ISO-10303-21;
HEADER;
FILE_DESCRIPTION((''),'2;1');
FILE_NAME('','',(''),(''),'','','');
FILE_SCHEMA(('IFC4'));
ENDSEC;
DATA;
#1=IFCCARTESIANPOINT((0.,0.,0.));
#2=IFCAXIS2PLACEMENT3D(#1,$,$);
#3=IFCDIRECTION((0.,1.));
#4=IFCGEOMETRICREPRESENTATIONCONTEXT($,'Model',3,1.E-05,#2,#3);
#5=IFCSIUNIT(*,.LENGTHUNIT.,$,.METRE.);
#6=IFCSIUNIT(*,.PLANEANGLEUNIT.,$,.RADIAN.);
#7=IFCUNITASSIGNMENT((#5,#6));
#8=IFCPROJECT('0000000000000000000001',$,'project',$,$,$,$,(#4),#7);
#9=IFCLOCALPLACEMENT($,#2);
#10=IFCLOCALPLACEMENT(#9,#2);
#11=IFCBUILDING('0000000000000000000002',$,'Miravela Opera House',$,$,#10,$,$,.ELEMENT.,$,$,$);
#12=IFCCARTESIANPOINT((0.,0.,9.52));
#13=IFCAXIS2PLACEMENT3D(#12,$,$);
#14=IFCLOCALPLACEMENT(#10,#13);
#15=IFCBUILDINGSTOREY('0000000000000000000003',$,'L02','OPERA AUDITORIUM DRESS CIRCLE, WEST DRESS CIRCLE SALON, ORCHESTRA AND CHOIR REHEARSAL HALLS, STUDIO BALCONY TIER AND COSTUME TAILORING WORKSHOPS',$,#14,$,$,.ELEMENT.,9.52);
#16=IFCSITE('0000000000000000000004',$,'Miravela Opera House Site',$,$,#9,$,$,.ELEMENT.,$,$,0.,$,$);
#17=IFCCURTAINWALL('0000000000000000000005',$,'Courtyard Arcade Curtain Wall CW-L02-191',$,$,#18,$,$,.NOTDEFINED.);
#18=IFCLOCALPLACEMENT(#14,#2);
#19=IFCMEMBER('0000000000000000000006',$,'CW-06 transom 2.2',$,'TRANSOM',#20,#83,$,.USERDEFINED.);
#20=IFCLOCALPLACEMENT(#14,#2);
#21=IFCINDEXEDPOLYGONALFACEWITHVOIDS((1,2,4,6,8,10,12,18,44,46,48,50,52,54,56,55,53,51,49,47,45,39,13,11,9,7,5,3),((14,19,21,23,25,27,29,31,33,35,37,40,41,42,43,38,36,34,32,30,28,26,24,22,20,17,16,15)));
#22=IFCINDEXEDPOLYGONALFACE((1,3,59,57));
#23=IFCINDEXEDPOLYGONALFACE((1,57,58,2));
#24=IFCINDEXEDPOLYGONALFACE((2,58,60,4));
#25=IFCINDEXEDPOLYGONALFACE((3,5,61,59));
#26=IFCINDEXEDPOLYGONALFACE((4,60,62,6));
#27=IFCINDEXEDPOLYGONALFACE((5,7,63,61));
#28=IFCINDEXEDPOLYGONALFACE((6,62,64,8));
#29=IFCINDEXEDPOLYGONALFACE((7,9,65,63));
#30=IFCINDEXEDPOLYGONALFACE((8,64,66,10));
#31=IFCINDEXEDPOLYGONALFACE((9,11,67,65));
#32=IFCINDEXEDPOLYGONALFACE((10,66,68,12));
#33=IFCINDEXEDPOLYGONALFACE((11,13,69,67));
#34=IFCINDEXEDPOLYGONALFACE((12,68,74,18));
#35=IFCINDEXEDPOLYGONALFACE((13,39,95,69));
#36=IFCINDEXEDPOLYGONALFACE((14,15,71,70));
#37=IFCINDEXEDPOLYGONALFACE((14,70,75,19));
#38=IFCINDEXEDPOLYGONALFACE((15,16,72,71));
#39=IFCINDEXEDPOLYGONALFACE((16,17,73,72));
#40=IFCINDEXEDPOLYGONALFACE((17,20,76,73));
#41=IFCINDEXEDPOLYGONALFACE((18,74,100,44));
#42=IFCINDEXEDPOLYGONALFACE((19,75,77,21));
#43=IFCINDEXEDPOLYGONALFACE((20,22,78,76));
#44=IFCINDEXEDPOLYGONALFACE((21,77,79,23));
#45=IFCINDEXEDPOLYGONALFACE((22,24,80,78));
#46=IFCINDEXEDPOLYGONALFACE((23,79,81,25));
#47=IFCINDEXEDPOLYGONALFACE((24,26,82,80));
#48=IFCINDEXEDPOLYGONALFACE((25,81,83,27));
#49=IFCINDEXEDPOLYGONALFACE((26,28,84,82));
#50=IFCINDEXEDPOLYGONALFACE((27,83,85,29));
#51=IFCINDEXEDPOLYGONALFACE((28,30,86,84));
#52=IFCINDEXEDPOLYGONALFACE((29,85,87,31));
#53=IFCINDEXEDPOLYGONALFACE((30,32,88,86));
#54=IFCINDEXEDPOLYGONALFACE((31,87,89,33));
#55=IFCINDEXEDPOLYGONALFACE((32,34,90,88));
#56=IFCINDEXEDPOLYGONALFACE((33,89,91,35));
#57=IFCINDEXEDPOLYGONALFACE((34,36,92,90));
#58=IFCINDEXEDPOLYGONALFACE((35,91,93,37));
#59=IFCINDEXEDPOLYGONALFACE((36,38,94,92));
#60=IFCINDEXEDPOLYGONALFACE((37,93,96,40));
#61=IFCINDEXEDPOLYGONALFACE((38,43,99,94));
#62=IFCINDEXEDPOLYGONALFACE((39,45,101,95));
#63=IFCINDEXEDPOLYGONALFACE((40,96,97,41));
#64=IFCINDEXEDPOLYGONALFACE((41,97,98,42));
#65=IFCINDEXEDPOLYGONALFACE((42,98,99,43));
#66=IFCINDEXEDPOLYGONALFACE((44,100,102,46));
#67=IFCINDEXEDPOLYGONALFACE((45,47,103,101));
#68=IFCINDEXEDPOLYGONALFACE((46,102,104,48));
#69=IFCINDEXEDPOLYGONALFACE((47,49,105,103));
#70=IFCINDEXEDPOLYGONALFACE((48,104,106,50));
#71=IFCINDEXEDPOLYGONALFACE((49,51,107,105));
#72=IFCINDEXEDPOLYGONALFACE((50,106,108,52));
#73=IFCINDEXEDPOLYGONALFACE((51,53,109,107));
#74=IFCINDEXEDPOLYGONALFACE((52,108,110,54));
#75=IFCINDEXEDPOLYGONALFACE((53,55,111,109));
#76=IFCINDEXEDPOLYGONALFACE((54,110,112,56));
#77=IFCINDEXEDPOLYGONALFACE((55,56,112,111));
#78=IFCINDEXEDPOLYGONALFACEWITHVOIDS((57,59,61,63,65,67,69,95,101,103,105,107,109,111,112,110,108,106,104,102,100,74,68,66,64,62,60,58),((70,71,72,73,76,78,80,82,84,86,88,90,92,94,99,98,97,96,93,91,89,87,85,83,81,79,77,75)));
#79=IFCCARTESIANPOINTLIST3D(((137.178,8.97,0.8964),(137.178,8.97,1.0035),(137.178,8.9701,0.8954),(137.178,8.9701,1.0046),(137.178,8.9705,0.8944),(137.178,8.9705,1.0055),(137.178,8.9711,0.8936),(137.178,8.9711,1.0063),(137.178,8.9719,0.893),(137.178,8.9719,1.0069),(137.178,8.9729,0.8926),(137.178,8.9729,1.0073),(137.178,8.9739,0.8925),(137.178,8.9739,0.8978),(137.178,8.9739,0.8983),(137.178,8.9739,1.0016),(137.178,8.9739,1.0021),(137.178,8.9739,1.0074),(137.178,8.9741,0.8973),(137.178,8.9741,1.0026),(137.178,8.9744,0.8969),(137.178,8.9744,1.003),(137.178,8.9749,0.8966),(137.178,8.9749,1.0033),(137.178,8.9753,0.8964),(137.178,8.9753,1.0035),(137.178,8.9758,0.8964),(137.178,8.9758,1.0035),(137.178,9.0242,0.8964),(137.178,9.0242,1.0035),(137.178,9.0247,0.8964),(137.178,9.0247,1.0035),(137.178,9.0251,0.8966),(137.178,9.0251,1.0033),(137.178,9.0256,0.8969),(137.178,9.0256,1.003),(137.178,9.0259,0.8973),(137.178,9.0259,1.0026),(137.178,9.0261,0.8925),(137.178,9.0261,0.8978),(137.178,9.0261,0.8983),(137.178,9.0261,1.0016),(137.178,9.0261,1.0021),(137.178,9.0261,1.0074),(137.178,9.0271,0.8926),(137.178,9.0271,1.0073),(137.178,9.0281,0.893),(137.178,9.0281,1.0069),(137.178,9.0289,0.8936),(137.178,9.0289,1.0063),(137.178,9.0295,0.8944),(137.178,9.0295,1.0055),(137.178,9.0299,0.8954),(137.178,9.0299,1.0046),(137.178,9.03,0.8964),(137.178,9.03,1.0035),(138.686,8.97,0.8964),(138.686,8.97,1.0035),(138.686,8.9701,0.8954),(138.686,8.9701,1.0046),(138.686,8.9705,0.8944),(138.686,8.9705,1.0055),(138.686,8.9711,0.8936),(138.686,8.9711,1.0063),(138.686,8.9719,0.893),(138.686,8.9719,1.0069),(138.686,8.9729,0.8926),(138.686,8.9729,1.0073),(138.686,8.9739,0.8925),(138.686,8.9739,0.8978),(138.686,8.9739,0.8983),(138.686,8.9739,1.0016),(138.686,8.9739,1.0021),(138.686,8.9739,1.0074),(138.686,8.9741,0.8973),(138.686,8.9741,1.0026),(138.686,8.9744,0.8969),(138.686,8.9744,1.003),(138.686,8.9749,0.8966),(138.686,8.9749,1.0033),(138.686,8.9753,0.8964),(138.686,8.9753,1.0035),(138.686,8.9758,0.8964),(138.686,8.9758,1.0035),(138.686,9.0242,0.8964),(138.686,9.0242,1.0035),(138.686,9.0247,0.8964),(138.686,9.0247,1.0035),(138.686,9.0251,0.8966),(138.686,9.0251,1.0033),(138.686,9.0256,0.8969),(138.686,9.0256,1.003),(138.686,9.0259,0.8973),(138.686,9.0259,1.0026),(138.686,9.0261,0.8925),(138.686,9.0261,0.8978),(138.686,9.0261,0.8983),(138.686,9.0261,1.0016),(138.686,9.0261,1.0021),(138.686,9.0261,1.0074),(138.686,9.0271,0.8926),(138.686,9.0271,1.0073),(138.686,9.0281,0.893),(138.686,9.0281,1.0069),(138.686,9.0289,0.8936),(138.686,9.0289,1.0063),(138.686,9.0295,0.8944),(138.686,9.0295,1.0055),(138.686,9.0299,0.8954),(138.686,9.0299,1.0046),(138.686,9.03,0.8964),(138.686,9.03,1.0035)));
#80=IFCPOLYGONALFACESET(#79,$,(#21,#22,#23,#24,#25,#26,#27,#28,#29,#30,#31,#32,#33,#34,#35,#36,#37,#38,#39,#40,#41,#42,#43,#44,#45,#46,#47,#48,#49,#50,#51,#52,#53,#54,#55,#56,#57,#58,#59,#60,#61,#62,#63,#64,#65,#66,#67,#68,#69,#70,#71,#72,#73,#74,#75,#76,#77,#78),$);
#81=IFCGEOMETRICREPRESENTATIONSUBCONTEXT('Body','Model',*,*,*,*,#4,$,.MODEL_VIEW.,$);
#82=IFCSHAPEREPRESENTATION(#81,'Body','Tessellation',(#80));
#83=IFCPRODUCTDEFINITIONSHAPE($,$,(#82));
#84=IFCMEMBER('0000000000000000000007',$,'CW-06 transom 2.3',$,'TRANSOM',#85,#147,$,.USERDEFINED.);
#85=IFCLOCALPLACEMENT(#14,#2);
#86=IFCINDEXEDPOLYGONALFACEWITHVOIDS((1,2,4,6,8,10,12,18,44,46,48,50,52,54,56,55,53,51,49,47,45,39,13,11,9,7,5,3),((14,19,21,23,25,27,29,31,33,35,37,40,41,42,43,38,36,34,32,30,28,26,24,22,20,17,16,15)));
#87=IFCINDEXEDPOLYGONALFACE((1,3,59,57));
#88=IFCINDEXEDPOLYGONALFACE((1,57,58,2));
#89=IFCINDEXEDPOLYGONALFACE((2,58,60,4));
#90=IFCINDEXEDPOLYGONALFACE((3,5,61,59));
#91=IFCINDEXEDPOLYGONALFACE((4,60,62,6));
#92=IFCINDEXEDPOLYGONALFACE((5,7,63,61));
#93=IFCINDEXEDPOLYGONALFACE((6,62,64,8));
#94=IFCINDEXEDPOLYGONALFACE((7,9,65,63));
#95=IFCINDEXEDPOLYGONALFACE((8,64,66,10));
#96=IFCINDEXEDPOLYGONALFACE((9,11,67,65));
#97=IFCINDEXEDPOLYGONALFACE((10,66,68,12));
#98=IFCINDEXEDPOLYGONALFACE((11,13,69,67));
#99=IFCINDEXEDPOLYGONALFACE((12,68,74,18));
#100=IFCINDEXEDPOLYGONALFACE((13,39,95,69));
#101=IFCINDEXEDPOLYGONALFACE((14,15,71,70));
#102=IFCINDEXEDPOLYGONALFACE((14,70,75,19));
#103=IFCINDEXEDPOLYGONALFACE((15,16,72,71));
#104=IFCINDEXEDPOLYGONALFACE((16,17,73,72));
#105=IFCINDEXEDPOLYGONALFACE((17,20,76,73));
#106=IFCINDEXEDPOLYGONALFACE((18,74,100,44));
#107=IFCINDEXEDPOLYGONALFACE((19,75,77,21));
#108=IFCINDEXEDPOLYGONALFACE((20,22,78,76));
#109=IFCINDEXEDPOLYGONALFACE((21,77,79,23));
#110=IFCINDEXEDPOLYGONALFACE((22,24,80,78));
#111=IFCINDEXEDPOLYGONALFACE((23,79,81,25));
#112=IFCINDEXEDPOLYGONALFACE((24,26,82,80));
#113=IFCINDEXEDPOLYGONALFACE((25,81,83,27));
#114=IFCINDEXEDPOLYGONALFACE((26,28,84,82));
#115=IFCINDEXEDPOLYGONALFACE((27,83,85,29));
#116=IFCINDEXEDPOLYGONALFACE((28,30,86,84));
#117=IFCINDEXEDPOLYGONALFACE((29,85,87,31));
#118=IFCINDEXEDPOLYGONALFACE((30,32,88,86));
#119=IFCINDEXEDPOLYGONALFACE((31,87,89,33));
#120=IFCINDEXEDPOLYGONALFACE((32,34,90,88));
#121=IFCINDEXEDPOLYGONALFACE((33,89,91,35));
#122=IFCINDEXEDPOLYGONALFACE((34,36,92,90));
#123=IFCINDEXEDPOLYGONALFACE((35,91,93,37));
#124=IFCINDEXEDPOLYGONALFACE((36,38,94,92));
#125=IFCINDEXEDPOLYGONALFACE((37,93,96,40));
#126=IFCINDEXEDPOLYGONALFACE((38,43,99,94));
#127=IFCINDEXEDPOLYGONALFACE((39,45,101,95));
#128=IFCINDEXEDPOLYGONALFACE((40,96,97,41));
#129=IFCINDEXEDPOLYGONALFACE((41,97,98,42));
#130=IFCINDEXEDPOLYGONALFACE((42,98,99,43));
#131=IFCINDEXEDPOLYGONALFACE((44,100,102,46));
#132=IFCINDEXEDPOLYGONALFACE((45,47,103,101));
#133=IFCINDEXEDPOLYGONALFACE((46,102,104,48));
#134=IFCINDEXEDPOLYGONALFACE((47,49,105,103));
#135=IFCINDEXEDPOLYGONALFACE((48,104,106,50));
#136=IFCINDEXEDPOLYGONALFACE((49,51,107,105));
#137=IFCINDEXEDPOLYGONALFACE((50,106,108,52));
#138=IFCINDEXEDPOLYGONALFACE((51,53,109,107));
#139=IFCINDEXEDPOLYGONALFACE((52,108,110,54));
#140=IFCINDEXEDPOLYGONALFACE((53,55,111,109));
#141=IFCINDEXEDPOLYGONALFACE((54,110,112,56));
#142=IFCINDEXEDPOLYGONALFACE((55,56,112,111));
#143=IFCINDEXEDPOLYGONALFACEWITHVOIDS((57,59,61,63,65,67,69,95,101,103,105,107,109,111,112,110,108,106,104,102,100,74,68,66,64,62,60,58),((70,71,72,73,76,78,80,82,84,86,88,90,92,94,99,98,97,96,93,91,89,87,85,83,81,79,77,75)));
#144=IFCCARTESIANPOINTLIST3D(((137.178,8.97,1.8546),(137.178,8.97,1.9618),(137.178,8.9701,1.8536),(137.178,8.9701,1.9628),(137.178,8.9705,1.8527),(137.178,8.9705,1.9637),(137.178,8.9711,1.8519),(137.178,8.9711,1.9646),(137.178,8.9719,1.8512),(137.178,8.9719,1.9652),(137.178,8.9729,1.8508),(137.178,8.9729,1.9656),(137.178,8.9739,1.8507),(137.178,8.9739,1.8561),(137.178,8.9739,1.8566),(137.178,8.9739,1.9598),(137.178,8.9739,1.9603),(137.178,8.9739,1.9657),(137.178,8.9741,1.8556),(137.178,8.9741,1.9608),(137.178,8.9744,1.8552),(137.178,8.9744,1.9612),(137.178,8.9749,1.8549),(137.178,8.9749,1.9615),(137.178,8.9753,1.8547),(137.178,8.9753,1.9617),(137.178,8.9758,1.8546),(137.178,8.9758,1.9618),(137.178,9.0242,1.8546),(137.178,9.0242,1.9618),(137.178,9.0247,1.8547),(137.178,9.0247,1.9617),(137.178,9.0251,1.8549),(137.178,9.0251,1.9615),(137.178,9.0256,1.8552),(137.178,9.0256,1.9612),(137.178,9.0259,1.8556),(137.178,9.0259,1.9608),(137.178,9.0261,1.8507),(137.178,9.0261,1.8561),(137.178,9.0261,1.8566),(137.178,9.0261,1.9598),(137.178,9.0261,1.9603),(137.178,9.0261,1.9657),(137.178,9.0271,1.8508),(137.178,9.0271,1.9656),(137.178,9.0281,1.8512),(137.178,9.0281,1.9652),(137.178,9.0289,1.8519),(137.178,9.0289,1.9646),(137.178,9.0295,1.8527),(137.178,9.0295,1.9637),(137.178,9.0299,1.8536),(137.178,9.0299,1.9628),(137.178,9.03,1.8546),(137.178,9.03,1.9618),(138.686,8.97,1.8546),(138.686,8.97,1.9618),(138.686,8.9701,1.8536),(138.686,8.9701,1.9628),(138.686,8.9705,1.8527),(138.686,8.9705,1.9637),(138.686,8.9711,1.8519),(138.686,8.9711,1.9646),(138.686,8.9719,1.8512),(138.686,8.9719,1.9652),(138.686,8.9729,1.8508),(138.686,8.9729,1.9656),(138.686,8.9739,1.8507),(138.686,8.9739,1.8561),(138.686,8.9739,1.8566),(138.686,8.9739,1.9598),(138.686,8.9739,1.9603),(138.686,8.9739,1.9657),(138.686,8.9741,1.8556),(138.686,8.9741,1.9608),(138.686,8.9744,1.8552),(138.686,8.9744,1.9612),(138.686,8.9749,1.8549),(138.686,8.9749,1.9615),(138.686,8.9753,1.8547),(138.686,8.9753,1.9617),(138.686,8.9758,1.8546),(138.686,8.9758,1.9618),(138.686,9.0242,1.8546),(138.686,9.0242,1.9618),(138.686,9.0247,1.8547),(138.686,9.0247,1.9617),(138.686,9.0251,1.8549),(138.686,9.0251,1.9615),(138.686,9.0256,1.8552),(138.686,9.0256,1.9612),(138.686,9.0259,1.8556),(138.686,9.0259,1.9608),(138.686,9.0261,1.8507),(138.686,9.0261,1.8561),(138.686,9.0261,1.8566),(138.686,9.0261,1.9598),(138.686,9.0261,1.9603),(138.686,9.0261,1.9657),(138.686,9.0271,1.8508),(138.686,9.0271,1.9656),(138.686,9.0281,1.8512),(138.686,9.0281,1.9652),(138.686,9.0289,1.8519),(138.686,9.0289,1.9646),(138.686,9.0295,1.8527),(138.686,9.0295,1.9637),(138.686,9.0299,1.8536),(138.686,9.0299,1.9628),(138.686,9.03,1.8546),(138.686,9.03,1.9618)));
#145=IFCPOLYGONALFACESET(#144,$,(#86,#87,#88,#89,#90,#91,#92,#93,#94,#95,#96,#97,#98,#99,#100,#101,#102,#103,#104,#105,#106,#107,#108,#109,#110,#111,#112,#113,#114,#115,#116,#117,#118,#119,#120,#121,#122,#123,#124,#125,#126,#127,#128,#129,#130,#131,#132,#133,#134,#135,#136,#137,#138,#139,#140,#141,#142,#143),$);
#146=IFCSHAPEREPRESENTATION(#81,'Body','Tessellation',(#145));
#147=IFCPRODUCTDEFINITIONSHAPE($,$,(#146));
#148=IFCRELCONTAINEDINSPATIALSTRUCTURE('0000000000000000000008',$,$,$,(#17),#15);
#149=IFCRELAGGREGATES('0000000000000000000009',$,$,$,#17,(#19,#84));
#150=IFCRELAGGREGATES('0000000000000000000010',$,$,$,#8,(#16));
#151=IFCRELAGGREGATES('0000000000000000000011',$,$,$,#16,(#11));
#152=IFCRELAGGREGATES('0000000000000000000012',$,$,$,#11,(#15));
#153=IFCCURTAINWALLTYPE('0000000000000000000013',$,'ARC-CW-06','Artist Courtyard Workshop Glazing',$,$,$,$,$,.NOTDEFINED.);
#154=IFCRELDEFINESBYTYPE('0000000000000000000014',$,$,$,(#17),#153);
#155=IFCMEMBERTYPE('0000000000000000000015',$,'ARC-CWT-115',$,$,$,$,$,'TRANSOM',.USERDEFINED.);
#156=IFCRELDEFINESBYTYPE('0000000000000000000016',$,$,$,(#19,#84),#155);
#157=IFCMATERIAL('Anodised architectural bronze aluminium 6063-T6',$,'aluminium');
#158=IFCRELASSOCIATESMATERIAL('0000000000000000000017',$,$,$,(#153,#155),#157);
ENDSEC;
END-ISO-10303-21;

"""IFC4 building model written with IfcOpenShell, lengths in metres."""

from ifc_helpers import new_model, si_unit, direction, frame, origin, origin_2d, place, context, subcontext, project, spatial, hollow_rectangle, extrude, material, material_profile, profile_set, type_object, element, aggregate, save


model = new_model("IFC4")

# Units and contexts
model_context = context("Model", 3, precision=1e-05, world=origin(), true_north=direction((0.0, 1.0)))
body_context = subcontext(model_context, "Body", "Model", "MODEL_VIEW")
ifc_project = project(units=[si_unit("LENGTHUNIT", "METRE"), si_unit("PLANEANGLEUNIT", "RADIAN")], contexts=[model_context])

# Site, building, storey
site_placement = place(None, origin())
site = spatial("IfcSite", under=ifc_project, at=site_placement, Name="Miravela Opera House Site", CompositionType="ELEMENT", RefElevation=0.0)
building_placement = place(site_placement, origin())
building = spatial("IfcBuilding", under=site, at=building_placement, Name="Miravela Opera House", CompositionType="ELEMENT")
storey_placement = place(building_placement, frame((0.0, 0.0, 9.52)))
storey = spatial("IfcBuildingStorey", under=building, at=storey_placement, Name="L02", Description="OPERA AUDITORIUM DRESS CIRCLE, WEST DRESS CIRCLE SALON, ORCHESTRA AND CHOIR REHEARSAL HALLS, STUDIO BALCONY TIER AND COSTUME TAILORING WORKSHOPS", CompositionType="ELEMENT", Elevation=9.52)

# Curtain wall, members
ifc_material_1 = material(Name="Anodised architectural bronze aluminium 6063-T6", Category="aluminium")
curtain_wall_type = type_object("IfcCurtainWallType", Name="ARC-CW-06", Description="Artist Courtyard Workshop Glazing", PredefinedType="NOTDEFINED", material=ifc_material_1)
curtain_wall_placement = place(storey_placement, origin())
curtain_wall = element("IfcCurtainWall", 1, at=curtain_wall_placement, inside=storey, type_object=curtain_wall_type, Name="Courtyard Arcade Curtain Wall CW-L02-191", PredefinedType="NOTDEFINED")
ifc_material_profile_1 = material_profile(ifc_material_1, hollow_rectangle(XDim=0.0601, YDim=0.115, WallThickness=0.0039, InnerFilletRadius=0.002, OuterFilletRadius=0.0039, at=origin_2d()), Name="CWT-60X115")
ifc_profile_set_1 = profile_set([ifc_material_profile_1])
member_type_1 = type_object("IfcMemberType", Name="ARC-CWT-115", ElementType="TRANSOM", PredefinedType="USERDEFINED", material=ifc_profile_set_1)
member_1_placement = place(storey_placement, frame((137.178, 9.0, 0.95), z_axis=(1.0, 0.0, 0.0), x_axis=(0.0, 1.0, 0.0)))
member_1 = element("IfcMember", 2, at=member_1_placement, type_object=member_type_1, Name="CW-06 transom 2.2", ObjectType="TRANSOM", PredefinedType="USERDEFINED", context=body_context, shape_type="SweptSolid", body=[
    extrude(hollow_rectangle(XDim=0.0601, YDim=0.115, WallThickness=0.0039, InnerFilletRadius=0.002, OuterFilletRadius=0.0039, at=origin_2d()), origin(), (0.0, 0.0, 1.0), 1.5081),
])
member_2_placement = place(storey_placement, frame((137.178, 9.0, 1.9082), z_axis=(1.0, 0.0, 0.0), x_axis=(0.0, 1.0, 0.0)))
member_2 = element("IfcMember", 3, at=member_2_placement, type_object=member_type_1, Name="CW-06 transom 2.3", ObjectType="TRANSOM", PredefinedType="USERDEFINED", context=body_context, shape_type="SweptSolid", body=[
    extrude(hollow_rectangle(XDim=0.0601, YDim=0.115, WallThickness=0.0039, InnerFilletRadius=0.002, OuterFilletRadius=0.0039, at=origin_2d()), origin(), (0.0, 0.0, 1.0), 1.5081),
])
aggregate(curtain_wall, [member_1, member_2])

save(model, "model.ifc")
